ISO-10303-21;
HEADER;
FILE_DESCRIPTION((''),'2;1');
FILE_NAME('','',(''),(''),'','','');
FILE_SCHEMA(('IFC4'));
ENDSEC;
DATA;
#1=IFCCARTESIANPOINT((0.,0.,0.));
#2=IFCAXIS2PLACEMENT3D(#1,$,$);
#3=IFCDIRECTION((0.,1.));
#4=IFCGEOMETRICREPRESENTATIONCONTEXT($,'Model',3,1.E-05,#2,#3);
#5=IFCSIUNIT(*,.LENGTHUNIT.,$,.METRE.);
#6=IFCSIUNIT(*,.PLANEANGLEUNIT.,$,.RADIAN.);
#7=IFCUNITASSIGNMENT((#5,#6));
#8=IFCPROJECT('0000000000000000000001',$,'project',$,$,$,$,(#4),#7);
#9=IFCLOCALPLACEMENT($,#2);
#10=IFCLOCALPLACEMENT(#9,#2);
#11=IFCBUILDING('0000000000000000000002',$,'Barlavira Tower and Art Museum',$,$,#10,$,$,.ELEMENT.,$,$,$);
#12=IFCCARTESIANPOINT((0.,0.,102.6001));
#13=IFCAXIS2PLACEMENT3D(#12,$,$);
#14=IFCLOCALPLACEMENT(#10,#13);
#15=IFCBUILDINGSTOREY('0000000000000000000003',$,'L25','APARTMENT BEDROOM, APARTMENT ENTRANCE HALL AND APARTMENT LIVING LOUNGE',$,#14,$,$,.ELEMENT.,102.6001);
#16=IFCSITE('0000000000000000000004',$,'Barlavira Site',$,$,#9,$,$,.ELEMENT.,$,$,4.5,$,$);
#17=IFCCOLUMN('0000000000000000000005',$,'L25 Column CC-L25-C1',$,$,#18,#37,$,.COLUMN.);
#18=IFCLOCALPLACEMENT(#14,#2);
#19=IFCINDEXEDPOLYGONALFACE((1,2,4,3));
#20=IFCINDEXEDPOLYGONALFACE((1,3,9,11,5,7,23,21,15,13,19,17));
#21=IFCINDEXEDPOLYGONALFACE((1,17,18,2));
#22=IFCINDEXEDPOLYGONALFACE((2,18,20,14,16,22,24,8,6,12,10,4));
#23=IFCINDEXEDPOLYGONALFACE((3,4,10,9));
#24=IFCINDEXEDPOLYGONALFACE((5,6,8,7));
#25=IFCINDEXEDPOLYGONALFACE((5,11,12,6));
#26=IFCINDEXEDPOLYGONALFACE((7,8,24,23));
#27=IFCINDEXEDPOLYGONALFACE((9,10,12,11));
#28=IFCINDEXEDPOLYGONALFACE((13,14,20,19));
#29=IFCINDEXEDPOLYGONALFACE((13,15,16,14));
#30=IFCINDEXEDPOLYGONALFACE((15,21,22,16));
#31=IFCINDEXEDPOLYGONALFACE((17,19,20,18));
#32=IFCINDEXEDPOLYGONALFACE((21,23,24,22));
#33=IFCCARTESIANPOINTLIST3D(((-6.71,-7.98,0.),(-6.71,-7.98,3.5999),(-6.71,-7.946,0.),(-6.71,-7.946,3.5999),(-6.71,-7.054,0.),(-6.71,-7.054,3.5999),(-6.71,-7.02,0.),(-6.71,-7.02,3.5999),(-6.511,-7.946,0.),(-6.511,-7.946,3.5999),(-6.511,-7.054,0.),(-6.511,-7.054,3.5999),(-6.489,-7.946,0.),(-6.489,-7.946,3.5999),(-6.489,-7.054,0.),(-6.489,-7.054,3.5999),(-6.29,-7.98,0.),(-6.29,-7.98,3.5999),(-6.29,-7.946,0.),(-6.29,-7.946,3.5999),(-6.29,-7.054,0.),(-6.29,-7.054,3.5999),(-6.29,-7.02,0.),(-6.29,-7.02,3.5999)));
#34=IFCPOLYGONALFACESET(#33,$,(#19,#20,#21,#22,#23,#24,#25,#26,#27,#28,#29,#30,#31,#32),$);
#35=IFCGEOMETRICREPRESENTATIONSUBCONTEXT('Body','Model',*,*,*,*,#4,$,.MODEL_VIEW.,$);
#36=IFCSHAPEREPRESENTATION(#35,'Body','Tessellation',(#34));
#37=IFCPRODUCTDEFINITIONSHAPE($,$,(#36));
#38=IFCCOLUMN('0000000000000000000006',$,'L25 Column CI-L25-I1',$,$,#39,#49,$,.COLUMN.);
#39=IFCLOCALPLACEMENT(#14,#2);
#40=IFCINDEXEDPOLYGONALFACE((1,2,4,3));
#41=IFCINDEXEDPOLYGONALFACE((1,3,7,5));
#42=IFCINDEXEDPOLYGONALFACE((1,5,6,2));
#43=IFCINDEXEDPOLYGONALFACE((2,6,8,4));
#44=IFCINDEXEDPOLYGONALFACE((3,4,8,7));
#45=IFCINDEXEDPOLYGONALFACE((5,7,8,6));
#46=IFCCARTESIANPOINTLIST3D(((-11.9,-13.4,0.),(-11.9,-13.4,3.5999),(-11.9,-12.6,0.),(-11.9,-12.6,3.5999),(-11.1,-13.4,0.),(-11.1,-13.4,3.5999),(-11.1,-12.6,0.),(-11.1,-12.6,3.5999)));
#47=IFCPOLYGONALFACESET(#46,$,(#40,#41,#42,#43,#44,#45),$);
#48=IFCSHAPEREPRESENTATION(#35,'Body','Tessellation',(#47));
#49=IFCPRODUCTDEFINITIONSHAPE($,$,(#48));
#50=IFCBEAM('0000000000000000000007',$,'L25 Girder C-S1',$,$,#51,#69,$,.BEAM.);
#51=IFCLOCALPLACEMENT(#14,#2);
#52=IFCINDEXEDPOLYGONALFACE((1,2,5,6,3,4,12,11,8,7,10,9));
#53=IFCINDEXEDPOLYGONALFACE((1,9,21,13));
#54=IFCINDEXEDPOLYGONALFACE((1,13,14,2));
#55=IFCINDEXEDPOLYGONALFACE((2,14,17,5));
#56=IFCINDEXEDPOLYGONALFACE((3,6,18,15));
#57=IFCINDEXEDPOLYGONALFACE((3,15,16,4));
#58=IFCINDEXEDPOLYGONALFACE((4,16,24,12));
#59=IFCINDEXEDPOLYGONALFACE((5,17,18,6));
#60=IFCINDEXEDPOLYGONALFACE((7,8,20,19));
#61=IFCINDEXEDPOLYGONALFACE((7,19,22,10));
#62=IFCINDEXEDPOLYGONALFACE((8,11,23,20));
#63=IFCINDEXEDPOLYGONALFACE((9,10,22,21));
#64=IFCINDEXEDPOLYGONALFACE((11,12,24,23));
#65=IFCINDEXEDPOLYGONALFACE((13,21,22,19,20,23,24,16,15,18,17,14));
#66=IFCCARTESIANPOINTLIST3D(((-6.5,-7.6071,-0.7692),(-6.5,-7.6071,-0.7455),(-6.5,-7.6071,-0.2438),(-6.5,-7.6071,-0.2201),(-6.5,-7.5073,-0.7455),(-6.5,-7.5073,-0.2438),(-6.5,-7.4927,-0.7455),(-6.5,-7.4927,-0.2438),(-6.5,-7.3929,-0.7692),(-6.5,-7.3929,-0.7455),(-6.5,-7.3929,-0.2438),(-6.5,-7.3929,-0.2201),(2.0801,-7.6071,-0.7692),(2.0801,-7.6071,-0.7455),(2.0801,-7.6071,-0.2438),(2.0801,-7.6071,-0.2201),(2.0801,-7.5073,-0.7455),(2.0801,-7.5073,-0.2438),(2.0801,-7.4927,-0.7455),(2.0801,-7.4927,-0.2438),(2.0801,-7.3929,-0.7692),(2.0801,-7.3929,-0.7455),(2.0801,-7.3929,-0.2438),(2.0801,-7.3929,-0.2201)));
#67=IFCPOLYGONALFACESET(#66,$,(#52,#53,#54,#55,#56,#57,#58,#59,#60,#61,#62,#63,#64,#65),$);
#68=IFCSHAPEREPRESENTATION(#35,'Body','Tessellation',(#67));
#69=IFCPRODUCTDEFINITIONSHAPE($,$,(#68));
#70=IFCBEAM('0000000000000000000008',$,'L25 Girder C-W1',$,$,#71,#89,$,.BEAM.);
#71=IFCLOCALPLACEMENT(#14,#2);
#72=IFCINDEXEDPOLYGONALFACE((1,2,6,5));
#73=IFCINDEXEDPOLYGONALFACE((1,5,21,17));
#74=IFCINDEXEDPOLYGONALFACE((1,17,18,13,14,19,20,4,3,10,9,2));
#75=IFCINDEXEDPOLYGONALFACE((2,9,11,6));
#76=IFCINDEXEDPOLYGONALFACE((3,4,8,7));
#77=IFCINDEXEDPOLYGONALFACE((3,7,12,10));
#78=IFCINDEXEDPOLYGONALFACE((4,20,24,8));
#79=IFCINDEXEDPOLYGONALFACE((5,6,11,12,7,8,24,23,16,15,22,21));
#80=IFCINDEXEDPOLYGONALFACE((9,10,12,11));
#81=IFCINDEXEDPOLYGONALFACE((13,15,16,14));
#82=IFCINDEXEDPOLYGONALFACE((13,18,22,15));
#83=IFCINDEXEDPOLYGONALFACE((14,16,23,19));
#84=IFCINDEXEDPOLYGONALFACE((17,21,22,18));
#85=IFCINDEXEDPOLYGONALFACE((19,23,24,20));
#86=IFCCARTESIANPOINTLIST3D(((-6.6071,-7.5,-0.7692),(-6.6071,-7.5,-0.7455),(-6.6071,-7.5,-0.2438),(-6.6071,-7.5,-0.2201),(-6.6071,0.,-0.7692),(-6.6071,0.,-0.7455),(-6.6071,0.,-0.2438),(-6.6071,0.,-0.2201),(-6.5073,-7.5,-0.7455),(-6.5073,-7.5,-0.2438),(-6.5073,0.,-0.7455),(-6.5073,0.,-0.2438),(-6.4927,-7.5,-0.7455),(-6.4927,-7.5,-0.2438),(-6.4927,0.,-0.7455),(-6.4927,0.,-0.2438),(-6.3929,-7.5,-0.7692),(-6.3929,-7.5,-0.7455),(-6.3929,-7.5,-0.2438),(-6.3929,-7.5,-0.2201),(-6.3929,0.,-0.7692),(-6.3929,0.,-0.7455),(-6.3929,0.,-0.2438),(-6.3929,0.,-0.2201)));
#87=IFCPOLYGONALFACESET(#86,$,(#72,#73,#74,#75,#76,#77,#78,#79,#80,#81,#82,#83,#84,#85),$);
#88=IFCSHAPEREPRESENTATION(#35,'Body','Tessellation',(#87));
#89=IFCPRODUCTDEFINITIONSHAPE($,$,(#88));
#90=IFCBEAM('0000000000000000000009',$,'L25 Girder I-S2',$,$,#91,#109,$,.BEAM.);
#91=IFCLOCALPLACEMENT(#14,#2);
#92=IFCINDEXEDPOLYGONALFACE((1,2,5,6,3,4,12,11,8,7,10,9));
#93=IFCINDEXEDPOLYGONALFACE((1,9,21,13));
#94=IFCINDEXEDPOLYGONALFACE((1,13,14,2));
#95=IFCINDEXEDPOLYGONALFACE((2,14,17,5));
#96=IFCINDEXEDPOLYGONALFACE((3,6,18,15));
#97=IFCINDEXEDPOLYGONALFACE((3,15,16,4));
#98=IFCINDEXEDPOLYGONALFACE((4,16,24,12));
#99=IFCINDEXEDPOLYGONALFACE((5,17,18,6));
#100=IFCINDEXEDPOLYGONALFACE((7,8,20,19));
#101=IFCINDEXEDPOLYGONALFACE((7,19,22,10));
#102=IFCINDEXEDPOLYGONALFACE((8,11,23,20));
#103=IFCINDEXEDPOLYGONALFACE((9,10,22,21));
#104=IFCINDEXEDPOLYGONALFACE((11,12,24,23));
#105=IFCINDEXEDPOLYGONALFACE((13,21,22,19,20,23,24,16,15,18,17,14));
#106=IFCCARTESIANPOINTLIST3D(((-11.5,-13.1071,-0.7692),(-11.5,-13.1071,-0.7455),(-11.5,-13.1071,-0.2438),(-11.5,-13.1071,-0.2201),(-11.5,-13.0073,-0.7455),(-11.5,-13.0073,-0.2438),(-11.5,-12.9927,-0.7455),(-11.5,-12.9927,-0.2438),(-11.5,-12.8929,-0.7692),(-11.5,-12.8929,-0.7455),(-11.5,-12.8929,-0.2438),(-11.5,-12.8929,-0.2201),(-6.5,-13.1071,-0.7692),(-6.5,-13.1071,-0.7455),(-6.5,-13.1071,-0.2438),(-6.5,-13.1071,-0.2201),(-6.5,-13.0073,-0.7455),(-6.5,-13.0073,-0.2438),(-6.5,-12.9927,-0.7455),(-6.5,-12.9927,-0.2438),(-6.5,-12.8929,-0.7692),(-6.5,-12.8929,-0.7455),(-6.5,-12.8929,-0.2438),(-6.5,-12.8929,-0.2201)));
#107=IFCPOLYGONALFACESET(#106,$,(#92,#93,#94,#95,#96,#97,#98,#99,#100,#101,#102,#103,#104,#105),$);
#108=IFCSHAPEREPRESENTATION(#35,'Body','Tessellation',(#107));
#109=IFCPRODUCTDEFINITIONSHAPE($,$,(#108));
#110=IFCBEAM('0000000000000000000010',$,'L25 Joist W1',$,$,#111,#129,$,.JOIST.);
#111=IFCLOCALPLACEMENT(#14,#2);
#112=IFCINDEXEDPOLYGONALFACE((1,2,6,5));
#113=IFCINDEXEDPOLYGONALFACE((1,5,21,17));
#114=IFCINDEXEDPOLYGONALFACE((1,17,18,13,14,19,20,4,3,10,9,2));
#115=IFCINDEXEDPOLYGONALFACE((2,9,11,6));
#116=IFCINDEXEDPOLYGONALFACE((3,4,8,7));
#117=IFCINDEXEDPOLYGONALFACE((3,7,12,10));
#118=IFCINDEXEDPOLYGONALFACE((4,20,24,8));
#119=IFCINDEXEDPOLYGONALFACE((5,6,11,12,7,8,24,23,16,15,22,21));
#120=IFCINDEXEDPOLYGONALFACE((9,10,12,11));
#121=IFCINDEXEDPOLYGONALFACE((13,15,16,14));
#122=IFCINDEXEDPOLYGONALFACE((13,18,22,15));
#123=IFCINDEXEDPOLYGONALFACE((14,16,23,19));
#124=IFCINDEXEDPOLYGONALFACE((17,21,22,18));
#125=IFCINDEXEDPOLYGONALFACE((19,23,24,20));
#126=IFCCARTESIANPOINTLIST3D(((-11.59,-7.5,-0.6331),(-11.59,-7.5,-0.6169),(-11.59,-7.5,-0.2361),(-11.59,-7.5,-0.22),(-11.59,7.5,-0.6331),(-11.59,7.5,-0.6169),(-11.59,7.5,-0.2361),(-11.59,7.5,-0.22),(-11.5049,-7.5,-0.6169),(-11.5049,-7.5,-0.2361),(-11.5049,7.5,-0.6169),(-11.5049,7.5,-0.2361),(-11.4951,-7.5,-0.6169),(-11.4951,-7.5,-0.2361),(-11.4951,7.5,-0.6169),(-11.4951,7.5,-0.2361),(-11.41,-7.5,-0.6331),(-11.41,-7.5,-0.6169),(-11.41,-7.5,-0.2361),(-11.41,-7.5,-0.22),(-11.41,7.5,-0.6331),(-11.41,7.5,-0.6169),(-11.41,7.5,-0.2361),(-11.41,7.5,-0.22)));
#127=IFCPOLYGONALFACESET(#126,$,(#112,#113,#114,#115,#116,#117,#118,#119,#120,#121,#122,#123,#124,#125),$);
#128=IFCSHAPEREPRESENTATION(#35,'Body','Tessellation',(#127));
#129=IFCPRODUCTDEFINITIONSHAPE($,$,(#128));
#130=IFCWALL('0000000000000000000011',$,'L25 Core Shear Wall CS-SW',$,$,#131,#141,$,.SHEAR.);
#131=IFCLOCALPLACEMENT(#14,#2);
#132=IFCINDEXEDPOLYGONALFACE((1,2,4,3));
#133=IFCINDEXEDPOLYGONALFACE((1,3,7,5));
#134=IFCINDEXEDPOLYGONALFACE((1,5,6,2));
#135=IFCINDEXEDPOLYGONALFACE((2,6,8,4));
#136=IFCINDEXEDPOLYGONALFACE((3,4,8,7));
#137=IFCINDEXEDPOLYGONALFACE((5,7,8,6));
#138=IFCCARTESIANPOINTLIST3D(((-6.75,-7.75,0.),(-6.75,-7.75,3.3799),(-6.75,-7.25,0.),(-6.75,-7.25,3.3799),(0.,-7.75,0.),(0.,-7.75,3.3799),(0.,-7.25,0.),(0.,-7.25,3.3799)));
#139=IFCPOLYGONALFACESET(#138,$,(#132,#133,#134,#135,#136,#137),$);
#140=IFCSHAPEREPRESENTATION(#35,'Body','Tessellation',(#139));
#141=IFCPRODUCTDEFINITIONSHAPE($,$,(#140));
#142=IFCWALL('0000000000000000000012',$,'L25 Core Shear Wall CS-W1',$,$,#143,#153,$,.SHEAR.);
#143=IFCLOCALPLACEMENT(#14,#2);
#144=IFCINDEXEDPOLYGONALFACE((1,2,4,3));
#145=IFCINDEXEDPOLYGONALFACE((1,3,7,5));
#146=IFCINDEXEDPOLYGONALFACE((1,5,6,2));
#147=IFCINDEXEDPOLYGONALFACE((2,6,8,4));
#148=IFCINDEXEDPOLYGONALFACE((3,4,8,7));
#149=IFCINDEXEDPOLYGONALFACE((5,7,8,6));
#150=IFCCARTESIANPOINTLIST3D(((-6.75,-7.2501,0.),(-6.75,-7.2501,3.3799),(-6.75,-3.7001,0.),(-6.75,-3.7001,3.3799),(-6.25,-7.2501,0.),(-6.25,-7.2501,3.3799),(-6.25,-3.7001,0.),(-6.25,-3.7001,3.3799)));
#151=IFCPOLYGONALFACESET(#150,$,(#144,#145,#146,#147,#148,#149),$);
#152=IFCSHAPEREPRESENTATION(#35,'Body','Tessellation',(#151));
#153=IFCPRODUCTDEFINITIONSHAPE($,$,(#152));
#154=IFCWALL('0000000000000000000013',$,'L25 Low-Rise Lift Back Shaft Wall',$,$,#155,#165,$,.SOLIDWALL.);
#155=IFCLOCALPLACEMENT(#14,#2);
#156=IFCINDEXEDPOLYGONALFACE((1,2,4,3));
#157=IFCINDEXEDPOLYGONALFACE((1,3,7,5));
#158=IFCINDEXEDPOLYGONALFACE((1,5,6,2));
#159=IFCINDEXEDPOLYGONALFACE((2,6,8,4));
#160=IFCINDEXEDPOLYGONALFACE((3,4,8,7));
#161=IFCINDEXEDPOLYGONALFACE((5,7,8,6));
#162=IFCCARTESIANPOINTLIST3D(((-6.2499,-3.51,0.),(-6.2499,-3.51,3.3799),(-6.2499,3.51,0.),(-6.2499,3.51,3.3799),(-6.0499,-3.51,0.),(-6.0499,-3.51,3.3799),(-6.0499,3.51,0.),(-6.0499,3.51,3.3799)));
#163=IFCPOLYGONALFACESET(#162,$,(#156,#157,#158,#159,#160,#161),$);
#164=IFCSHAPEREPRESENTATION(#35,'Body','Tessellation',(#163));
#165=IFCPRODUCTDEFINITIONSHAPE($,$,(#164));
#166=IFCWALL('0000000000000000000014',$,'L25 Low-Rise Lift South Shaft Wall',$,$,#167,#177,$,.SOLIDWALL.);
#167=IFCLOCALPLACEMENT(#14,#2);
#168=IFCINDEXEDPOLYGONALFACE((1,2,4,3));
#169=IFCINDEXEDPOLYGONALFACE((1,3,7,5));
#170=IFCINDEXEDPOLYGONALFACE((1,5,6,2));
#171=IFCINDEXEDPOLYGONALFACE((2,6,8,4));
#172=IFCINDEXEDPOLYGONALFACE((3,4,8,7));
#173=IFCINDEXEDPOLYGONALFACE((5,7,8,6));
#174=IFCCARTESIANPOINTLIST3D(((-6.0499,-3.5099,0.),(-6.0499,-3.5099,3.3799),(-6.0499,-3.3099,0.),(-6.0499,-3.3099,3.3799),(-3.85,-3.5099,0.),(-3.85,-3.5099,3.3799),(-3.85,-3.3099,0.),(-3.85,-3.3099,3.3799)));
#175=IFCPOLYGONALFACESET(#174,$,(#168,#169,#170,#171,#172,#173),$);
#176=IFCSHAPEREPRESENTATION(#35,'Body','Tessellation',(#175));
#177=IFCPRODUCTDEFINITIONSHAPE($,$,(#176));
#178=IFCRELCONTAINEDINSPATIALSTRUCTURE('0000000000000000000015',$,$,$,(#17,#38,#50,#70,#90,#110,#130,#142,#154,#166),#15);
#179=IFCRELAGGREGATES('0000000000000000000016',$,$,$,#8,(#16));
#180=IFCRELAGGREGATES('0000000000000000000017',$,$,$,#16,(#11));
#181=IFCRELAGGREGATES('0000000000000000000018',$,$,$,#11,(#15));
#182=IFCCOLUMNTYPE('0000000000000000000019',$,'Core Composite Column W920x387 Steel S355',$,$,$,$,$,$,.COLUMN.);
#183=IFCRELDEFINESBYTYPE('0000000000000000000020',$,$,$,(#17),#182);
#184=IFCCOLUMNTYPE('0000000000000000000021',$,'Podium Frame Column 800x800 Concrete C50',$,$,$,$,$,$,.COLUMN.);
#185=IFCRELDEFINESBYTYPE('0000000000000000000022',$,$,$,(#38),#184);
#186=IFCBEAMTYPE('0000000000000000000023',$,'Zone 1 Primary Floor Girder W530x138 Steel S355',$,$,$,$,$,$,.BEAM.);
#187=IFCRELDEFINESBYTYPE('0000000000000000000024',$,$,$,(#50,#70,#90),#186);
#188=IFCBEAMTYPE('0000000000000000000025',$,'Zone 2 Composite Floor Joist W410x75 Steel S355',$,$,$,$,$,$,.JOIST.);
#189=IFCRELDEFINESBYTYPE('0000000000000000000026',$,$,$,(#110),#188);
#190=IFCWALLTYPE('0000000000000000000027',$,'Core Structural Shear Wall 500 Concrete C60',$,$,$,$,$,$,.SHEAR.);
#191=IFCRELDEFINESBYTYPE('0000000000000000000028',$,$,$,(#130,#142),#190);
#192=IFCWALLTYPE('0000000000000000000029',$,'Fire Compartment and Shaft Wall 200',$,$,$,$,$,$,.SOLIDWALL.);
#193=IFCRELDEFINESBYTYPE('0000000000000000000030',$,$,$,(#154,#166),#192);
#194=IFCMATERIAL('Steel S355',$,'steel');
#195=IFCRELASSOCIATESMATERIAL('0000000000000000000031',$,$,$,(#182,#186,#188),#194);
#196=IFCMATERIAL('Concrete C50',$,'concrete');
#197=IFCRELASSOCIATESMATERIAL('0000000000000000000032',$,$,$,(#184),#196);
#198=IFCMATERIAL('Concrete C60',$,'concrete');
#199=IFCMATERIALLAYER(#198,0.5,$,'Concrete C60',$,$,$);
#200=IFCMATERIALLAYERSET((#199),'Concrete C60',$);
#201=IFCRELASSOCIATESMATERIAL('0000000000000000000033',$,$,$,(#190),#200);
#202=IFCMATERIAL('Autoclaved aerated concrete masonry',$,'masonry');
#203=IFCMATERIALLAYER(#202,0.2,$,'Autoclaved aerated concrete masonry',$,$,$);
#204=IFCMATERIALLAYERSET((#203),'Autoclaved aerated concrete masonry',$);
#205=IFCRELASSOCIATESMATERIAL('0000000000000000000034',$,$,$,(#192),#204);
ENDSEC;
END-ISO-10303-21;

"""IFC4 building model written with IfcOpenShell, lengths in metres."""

from ifc_helpers import new_model, si_unit, direction, frame, frame_2d, origin, origin_2d, place, context, subcontext, project, spatial, rectangle, i_section, extrude, material, layer, layer_set, material_profile, profile_set, type_object, element, save


model = new_model("IFC4")

# Units and contexts
model_context = context("Model", 3, precision=1e-05, world=origin(), true_north=direction((0.0, 1.0)))
body_context = subcontext(model_context, "Body", "Model", "MODEL_VIEW")
ifc_project = project(units=[si_unit("LENGTHUNIT", "METRE"), si_unit("PLANEANGLEUNIT", "RADIAN")], contexts=[model_context])

# Site, building, storey
site_placement = place(None, origin())
site = spatial("IfcSite", under=ifc_project, at=site_placement, Name="Barlavira Site", CompositionType="ELEMENT", RefElevation=4.5)
building_placement = place(site_placement, origin())
building = spatial("IfcBuilding", under=site, at=building_placement, Name="Barlavira Tower and Art Museum", CompositionType="ELEMENT")
storey_placement = place(building_placement, frame((0.0, 0.0, 102.6001)))
storey = spatial("IfcBuildingStorey", under=building, at=storey_placement, Name="L25", Description="APARTMENT BEDROOM, APARTMENT ENTRANCE HALL AND APARTMENT LIVING LOUNGE", CompositionType="ELEMENT", Elevation=102.6001)

# Columns
ifc_material_1 = material(Name="Steel S355", Category="steel")
ifc_material_profile_1 = material_profile(ifc_material_1, i_section(OverallWidth=0.4199, OverallDepth=0.96, WebThickness=0.022, FlangeThickness=0.0339, at=origin_2d()), Name="W920x387.0")
ifc_profile_set_1 = profile_set([ifc_material_profile_1], Name="Steel S355")
column_type_1 = type_object("IfcColumnType", Name="Core Composite Column W920x387 Steel S355", PredefinedType="COLUMN", material=ifc_profile_set_1)
column_1_placement = place(storey_placement, frame((-6.5, -7.5, 0.0), z_axis=(0.0, 0.0, 1.0), x_axis=(1.0, 0.0, 0.0)))
element("IfcColumn", 1, at=column_1_placement, inside=storey, type_object=column_type_1, Name="L25 Column CC-L25-C1", PredefinedType="COLUMN", context=body_context, shape_type="SweptSolid", body=[
    extrude(i_section(OverallWidth=0.4199, OverallDepth=0.96, WebThickness=0.022, FlangeThickness=0.0339, at=origin_2d()), origin(), (0.0, 0.0, 1.0), 3.5999),
])
ifc_material_2 = material(Name="Concrete C50", Category="concrete")
ifc_material_profile_2 = material_profile(ifc_material_2, rectangle(XDim=0.8, YDim=0.8, at=origin_2d()), Name="RC-COL 800x800")
ifc_profile_set_2 = profile_set([ifc_material_profile_2], Name="Concrete C50")
column_type_2 = type_object("IfcColumnType", Name="Podium Frame Column 800x800 Concrete C50", PredefinedType="COLUMN", material=ifc_profile_set_2)
column_2_placement = place(storey_placement, frame((-11.5, -13.0, 0.0), z_axis=(0.0, 0.0, 1.0), x_axis=(1.0, 0.0, 0.0)))
element("IfcColumn", 2, at=column_2_placement, inside=storey, type_object=column_type_2, Name="L25 Column CI-L25-I1", PredefinedType="COLUMN", context=body_context, shape_type="SweptSolid", body=[
    extrude(rectangle(XDim=0.8, YDim=0.8, at=origin_2d()), origin(), (0.0, 0.0, 1.0), 3.5999),
])

# Beams
ifc_material_profile_3 = material_profile(ifc_material_1, i_section(OverallWidth=0.2141, OverallDepth=0.5491, WebThickness=0.0146, FlangeThickness=0.0237, at=origin_2d()), Name="W530x138.0")
ifc_profile_set_3 = profile_set([ifc_material_profile_3], Name="Steel S355")
beam_type_1 = type_object("IfcBeamType", Name="Zone 1 Primary Floor Girder W530x138 Steel S355", PredefinedType="BEAM", material=ifc_profile_set_3)
beam_1_placement = place(storey_placement, frame((-6.5, -7.5, -0.4946), z_axis=(1.0, 0.0, 0.0), x_axis=(0.0, 1.0, 0.0)))
element("IfcBeam", 3, at=beam_1_placement, inside=storey, type_object=beam_type_1, Name="L25 Girder C-S1", PredefinedType="BEAM", context=body_context, shape_type="SweptSolid", body=[
    extrude(i_section(OverallWidth=0.2141, OverallDepth=0.5491, WebThickness=0.0146, FlangeThickness=0.0237, at=origin_2d()), origin(), (0.0, 0.0, 1.0), 8.5801),
])
beam_2_placement = place(storey_placement, frame((-6.5, -7.5, -0.4946), z_axis=(0.0, 1.0, 0.0), x_axis=(-1.0, 0.0, 0.0)))
element("IfcBeam", 4, at=beam_2_placement, inside=storey, type_object=beam_type_1, Name="L25 Girder C-W1", PredefinedType="BEAM", context=body_context, shape_type="SweptSolid", body=[
    extrude(i_section(OverallWidth=0.2141, OverallDepth=0.5491, WebThickness=0.0146, FlangeThickness=0.0237, at=origin_2d()), origin(), (0.0, 0.0, 1.0), 7.5),
])
beam_3_placement = place(storey_placement, frame((-11.5, -13.0, -0.4946), z_axis=(1.0, 0.0, 0.0), x_axis=(0.0, 1.0, 0.0)))
element("IfcBeam", 5, at=beam_3_placement, inside=storey, type_object=beam_type_1, Name="L25 Girder I-S2", PredefinedType="BEAM", context=body_context, shape_type="SweptSolid", body=[
    extrude(i_section(OverallWidth=0.2141, OverallDepth=0.5491, WebThickness=0.0146, FlangeThickness=0.0237, at=origin_2d()), origin(), (0.0, 0.0, 1.0), 5.0),
])
ifc_material_profile_4 = material_profile(ifc_material_1, i_section(OverallWidth=0.1799, OverallDepth=0.4131, WebThickness=0.0098, FlangeThickness=0.0161, at=origin_2d()), Name="W410x75.0")
ifc_profile_set_4 = profile_set([ifc_material_profile_4], Name="Steel S355")
beam_type_2 = type_object("IfcBeamType", Name="Zone 2 Composite Floor Joist W410x75 Steel S355", PredefinedType="JOIST", material=ifc_profile_set_4)
beam_4_placement = place(storey_placement, frame((-11.5, -7.5, -0.4265), z_axis=(0.0, 1.0, 0.0), x_axis=(-1.0, 0.0, 0.0)))
element("IfcBeam", 6, at=beam_4_placement, inside=storey, type_object=beam_type_2, Name="L25 Joist W1", PredefinedType="JOIST", context=body_context, shape_type="SweptSolid", body=[
    extrude(i_section(OverallWidth=0.1799, OverallDepth=0.4131, WebThickness=0.0098, FlangeThickness=0.0161, at=origin_2d()), origin(), (0.0, 0.0, 1.0), 15.0),
])

# Walls
ifc_material_3 = material(Name="Concrete C60", Category="concrete")
ifc_layer_1 = layer(ifc_material_3, 0.5, Name="Concrete C60")
ifc_layer_set_1 = layer_set([ifc_layer_1], Name="Concrete C60")
wall_type_1 = type_object("IfcWallType", Name="Core Structural Shear Wall 500 Concrete C60", PredefinedType="SHEAR", material=ifc_layer_set_1)
wall_1_placement = place(storey_placement, frame((-6.75, -7.5, 0.0), z_axis=(0.0, 0.0, 1.0), x_axis=(1.0, 0.0, 0.0)))
element("IfcWall", 7, at=wall_1_placement, inside=storey, type_object=wall_type_1, Name="L25 Core Shear Wall CS-SW", PredefinedType="SHEAR", context=body_context, shape_type="SweptSolid", body=[
    extrude(rectangle(XDim=6.75, YDim=0.5, at=frame_2d((3.375, 0.0))), origin(), (0.0, 0.0, 1.0), 3.3799),
])
wall_2_placement = place(storey_placement, frame((-6.5, -7.25, 0.0), z_axis=(0.0, 0.0, 1.0), x_axis=(0.0, 1.0, 0.0)))
element("IfcWall", 8, at=wall_2_placement, inside=storey, type_object=wall_type_1, Name="L25 Core Shear Wall CS-W1", PredefinedType="SHEAR", context=body_context, shape_type="SweptSolid", body=[
    extrude(rectangle(XDim=3.55, YDim=0.5, at=frame_2d((1.7749, 0.0))), origin(), (0.0, 0.0, 1.0), 3.3799),
])

# Shared definitions
ifc_material_4 = material(Name="Autoclaved aerated concrete masonry", Category="masonry")
ifc_layer_2 = layer(ifc_material_4, 0.2, Name="Autoclaved aerated concrete masonry")
ifc_layer_set_2 = layer_set([ifc_layer_2], Name="Autoclaved aerated concrete masonry")
wall_type_2 = type_object("IfcWallType", Name="Fire Compartment and Shaft Wall 200", PredefinedType="SOLIDWALL", material=ifc_layer_set_2)

# Walls
wall_3_placement = place(storey_placement, frame((-6.1499, -3.51, 0.0), z_axis=(0.0, 0.0, 1.0), x_axis=(0.0, 1.0, 0.0)))
element("IfcWall", 9, at=wall_3_placement, inside=storey, type_object=wall_type_2, Name="L25 Low-Rise Lift Back Shaft Wall", PredefinedType="SOLIDWALL", context=body_context, shape_type="SweptSolid", body=[
    extrude(rectangle(XDim=7.02, YDim=0.2, at=frame_2d((3.51, 0.0))), origin(), (0.0, 0.0, 1.0), 3.3799),
])
wall_4_placement = place(storey_placement, frame((-6.05, -3.4099, 0.0), z_axis=(0.0, 0.0, 1.0), x_axis=(1.0, 0.0, 0.0)))
element("IfcWall", 10, at=wall_4_placement, inside=storey, type_object=wall_type_2, Name="L25 Low-Rise Lift South Shaft Wall", PredefinedType="SOLIDWALL", context=body_context, shape_type="SweptSolid", body=[
    extrude(rectangle(XDim=2.2, YDim=0.2, at=frame_2d((1.1001, 0.0))), origin(), (0.0, 0.0, 1.0), 3.3799),
])

save(model, "model.ifc")
